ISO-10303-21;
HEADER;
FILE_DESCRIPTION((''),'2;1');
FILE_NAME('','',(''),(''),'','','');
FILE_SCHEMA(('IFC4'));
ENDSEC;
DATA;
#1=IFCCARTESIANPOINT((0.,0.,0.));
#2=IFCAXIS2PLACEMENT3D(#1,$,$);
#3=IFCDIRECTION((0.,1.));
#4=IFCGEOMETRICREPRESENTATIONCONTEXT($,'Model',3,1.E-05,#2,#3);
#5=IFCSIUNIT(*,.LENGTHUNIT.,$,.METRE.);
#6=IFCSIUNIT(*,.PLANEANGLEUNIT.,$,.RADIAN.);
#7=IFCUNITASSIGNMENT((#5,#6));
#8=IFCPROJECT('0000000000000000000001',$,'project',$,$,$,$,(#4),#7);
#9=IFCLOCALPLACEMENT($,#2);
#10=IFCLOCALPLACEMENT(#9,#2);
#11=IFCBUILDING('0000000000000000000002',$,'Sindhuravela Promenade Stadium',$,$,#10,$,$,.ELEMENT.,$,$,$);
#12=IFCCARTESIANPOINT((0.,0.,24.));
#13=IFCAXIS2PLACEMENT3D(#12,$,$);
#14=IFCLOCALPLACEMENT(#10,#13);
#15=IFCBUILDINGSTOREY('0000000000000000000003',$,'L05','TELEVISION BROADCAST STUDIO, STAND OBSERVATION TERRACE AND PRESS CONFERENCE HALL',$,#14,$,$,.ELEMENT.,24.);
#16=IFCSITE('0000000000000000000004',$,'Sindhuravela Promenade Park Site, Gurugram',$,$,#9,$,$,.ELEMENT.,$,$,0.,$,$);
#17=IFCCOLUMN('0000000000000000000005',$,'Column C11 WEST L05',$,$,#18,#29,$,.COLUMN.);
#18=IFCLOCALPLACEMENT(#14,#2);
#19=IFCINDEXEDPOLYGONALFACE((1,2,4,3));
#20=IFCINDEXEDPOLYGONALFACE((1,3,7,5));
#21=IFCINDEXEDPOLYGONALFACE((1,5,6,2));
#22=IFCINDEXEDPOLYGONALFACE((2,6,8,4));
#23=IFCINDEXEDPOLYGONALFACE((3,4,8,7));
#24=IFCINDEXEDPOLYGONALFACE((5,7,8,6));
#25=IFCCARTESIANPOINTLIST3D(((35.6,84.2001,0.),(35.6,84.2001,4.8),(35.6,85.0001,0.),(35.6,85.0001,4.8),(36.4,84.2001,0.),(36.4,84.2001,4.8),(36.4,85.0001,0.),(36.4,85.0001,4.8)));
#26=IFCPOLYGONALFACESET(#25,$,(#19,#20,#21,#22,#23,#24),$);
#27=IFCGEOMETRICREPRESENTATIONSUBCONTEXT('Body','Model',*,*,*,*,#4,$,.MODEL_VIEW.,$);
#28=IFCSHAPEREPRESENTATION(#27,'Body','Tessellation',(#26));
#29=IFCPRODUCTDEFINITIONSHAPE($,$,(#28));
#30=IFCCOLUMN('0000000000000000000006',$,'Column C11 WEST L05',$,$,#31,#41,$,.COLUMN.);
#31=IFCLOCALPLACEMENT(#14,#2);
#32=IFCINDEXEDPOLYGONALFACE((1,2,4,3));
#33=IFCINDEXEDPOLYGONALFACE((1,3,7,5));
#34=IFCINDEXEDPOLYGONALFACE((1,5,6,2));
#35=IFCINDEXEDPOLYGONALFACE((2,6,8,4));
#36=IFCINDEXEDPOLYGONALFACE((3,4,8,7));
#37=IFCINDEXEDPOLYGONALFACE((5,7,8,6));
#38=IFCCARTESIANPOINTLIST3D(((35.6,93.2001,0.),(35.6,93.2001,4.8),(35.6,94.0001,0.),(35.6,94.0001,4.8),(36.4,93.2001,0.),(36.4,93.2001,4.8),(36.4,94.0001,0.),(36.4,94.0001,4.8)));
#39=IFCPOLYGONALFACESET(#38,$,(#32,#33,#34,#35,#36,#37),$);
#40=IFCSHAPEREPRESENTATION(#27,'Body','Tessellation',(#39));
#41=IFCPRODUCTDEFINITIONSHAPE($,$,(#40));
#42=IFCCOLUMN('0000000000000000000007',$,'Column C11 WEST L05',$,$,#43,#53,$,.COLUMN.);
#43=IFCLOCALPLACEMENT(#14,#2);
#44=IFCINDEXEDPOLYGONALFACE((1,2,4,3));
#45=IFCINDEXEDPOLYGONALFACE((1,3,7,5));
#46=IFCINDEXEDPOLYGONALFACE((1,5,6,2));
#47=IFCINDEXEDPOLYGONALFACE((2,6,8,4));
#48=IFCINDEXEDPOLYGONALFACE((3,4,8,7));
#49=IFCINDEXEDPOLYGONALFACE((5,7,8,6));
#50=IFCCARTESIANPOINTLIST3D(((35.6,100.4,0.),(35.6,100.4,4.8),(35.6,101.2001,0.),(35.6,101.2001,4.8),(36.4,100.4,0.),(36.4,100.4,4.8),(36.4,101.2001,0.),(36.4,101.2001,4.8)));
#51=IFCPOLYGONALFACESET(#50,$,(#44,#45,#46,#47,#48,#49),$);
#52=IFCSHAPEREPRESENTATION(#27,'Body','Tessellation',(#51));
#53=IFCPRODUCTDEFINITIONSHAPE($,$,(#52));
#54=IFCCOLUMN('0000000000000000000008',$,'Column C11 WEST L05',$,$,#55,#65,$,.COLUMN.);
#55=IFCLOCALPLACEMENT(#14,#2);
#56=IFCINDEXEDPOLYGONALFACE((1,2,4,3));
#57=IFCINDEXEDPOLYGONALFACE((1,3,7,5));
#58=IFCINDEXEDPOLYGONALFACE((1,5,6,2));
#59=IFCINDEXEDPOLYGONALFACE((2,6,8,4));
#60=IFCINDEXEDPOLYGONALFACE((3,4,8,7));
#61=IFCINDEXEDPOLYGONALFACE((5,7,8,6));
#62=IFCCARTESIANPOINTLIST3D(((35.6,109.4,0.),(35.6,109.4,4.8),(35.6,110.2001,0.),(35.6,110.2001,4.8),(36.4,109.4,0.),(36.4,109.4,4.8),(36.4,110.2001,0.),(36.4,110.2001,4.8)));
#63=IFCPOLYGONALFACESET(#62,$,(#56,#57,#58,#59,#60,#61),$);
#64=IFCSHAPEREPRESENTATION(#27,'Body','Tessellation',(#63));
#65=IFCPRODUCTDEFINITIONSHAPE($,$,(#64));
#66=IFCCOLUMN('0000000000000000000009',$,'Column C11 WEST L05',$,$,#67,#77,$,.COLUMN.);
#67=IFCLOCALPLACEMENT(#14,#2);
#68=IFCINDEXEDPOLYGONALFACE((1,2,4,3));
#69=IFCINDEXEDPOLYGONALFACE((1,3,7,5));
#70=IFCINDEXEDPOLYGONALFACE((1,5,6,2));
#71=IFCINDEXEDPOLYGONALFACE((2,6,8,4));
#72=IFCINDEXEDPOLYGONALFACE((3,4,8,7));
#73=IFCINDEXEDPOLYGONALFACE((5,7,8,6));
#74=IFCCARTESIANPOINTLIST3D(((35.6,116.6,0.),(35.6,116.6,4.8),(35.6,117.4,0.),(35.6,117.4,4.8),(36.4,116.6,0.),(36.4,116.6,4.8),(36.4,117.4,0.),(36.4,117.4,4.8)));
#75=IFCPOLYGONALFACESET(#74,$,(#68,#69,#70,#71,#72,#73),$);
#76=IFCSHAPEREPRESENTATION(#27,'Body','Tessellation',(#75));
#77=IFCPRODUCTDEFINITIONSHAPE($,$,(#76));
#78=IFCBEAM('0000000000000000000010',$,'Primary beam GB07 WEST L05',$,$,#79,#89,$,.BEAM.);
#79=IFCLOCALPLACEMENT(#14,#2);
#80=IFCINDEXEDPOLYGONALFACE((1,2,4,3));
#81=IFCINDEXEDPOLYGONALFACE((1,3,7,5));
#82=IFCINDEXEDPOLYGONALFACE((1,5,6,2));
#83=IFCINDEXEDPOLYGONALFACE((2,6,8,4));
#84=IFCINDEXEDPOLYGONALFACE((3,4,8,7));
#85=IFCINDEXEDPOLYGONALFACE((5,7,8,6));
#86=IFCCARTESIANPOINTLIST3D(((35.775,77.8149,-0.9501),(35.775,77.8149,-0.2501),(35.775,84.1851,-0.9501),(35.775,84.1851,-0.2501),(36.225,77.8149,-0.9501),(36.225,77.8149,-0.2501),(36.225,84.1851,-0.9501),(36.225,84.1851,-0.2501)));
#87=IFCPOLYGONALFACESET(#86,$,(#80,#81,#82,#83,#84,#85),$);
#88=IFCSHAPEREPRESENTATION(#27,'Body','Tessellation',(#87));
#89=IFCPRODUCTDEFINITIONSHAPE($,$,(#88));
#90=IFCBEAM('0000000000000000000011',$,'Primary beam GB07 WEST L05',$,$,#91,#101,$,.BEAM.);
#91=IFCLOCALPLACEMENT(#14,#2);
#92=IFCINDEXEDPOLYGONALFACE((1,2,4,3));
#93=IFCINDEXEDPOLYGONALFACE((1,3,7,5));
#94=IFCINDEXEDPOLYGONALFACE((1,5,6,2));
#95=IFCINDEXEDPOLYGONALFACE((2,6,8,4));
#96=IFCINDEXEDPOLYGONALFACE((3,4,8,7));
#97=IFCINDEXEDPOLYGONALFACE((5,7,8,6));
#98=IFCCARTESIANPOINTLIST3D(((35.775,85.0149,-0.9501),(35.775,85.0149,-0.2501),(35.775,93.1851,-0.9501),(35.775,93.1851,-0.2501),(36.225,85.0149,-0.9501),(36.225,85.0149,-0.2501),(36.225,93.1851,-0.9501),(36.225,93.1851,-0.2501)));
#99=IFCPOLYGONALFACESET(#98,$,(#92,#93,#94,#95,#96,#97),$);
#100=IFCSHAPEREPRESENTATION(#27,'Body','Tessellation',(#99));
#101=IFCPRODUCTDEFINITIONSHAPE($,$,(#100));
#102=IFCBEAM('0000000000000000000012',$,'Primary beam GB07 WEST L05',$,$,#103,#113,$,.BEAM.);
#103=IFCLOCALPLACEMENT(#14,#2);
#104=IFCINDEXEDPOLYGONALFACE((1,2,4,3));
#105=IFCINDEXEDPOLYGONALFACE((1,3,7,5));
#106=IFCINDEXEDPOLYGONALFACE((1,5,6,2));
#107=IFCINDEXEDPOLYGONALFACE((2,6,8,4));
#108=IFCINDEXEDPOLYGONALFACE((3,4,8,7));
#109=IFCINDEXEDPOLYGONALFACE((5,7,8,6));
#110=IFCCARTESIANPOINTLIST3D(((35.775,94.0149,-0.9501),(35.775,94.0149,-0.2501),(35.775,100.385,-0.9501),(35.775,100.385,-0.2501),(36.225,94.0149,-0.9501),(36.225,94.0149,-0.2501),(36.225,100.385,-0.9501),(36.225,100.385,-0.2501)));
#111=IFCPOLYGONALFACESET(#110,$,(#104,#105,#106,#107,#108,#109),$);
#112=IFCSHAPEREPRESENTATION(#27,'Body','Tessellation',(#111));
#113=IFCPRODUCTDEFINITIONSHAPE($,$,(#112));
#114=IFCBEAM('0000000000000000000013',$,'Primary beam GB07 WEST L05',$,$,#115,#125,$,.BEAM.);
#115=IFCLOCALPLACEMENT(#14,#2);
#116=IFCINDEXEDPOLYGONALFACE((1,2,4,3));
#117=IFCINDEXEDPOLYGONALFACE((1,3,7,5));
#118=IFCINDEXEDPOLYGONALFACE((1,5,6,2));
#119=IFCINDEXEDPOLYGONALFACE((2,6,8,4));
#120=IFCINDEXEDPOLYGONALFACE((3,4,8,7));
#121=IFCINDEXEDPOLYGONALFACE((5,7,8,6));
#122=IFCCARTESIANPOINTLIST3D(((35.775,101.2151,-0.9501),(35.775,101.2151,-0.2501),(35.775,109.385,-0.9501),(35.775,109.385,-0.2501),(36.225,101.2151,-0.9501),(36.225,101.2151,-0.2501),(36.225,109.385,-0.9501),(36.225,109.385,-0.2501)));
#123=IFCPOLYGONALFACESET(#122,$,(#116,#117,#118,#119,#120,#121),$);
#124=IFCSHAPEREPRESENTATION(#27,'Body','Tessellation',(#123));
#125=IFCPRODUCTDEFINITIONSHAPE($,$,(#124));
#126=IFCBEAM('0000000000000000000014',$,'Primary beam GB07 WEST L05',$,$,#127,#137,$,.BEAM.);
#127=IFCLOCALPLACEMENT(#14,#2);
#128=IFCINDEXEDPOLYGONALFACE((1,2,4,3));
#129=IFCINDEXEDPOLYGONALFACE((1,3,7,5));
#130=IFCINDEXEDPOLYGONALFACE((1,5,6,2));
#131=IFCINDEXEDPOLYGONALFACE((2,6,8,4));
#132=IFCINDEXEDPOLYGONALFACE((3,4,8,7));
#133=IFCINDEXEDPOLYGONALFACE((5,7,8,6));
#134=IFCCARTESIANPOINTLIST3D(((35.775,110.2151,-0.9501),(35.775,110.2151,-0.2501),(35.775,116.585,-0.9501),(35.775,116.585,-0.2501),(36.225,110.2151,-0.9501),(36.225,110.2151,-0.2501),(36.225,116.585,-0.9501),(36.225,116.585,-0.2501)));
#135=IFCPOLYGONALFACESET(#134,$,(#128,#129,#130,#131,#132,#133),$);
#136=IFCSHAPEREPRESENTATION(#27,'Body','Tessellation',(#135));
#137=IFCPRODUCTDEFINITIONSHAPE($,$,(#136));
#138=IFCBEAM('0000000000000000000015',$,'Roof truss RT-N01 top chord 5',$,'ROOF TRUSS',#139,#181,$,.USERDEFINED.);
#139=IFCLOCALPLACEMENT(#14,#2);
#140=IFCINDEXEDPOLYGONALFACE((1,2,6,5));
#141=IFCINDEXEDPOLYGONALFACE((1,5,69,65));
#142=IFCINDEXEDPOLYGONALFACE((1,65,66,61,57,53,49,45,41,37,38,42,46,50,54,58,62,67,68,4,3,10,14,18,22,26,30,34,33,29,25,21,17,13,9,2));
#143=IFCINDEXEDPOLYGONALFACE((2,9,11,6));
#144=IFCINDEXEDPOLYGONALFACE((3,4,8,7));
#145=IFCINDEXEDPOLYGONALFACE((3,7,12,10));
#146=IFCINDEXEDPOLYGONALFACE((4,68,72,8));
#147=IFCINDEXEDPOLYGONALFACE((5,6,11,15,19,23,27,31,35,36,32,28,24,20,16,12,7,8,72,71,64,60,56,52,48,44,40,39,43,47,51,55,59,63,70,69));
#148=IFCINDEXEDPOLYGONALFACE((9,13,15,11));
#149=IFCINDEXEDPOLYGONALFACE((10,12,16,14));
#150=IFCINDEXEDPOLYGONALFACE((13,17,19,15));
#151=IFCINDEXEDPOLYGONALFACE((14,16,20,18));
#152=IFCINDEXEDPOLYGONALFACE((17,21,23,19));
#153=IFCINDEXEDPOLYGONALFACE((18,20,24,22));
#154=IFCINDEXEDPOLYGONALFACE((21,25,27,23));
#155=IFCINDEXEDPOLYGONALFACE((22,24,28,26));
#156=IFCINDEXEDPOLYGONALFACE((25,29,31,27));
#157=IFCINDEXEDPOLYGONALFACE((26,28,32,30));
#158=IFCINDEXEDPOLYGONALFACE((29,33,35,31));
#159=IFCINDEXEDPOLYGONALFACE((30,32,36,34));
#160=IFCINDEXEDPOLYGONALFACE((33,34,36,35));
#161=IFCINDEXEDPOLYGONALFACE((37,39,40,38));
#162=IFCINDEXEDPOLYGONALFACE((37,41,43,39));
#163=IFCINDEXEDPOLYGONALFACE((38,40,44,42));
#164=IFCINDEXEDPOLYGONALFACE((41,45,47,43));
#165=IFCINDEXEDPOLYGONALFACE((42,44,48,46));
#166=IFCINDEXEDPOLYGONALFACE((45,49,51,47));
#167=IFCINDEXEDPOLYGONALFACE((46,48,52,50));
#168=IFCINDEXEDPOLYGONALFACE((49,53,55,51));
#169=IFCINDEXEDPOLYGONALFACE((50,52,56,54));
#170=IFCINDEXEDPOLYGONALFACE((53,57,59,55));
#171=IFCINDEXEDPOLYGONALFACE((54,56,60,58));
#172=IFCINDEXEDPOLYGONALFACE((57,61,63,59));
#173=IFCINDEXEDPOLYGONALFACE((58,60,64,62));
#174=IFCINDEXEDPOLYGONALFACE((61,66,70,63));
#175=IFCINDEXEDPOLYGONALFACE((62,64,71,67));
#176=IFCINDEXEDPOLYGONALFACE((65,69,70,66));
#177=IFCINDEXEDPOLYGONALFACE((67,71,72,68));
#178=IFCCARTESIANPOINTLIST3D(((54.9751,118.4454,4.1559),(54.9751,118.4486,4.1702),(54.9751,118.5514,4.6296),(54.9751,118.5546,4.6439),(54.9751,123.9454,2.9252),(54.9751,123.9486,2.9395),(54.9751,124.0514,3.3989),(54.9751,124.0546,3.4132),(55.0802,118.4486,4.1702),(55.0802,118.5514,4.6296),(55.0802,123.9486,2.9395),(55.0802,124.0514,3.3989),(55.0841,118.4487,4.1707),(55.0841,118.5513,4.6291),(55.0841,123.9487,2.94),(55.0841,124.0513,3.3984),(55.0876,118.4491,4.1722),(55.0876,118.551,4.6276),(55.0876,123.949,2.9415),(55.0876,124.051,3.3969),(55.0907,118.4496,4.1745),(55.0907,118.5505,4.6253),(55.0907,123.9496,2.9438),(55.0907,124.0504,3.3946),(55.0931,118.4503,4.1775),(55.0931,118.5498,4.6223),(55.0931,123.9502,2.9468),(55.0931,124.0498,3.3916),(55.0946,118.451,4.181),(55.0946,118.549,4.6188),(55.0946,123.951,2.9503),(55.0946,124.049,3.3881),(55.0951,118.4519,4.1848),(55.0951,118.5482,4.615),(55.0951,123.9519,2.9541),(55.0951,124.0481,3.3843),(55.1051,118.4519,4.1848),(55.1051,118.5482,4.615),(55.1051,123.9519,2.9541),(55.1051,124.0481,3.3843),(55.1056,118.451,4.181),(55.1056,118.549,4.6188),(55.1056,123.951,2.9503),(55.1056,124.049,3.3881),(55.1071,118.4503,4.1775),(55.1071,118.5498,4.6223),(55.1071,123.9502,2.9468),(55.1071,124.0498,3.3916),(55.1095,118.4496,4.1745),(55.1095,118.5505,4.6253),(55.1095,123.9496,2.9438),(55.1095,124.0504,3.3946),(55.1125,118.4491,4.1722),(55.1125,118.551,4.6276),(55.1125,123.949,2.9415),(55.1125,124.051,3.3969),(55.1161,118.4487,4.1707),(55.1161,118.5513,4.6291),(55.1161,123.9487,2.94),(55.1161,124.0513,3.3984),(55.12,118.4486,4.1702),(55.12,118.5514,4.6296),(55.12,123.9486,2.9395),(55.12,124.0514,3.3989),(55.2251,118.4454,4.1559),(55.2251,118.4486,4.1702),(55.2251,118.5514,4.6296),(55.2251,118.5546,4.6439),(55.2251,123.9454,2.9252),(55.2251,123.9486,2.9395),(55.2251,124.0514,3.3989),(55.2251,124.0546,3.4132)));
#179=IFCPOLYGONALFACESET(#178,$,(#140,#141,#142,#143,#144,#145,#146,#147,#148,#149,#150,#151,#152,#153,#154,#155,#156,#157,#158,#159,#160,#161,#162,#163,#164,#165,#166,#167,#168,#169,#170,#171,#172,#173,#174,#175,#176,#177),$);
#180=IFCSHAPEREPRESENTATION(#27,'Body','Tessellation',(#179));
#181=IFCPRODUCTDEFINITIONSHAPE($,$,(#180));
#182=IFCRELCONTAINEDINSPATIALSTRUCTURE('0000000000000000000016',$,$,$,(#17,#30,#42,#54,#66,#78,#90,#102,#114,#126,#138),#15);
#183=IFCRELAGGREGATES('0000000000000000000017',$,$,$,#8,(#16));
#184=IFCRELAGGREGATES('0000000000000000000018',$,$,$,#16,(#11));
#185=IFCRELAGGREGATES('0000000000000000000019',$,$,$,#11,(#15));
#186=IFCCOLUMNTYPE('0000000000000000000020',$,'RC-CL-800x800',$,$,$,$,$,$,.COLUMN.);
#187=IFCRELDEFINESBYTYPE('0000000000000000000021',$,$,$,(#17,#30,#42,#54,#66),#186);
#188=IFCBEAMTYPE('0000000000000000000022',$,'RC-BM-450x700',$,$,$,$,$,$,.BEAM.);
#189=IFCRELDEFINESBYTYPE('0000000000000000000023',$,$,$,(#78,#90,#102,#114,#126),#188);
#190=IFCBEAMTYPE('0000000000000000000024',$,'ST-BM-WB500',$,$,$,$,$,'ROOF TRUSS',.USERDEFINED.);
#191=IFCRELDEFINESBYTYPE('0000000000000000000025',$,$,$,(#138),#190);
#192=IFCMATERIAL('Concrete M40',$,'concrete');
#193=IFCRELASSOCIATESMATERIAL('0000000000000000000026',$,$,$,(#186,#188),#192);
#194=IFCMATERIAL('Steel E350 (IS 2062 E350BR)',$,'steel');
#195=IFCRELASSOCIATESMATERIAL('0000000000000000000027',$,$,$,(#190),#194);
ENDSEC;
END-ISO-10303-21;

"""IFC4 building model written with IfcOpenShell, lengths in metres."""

from ifc_helpers import new_model, si_unit, direction, frame, origin, origin_2d, place, context, subcontext, project, spatial, rectangle, i_section, extrude, material, material_profile, profile_set, type_object, element, save


model = new_model("IFC4")

# Units and contexts
model_context = context("Model", 3, precision=1e-05, world=origin(), true_north=direction((0.0, 1.0)))
body_context = subcontext(model_context, "Body", "Model", "MODEL_VIEW")
ifc_project = project(units=[si_unit("LENGTHUNIT", "METRE"), si_unit("PLANEANGLEUNIT", "RADIAN")], contexts=[model_context])

# Site, building, storey
site_placement = place(None, origin())
site = spatial("IfcSite", under=ifc_project, at=site_placement, Name="Sindhuravela Promenade Park Site, Gurugram", CompositionType="ELEMENT", RefElevation=0.0)
building_placement = place(site_placement, origin())
building = spatial("IfcBuilding", under=site, at=building_placement, Name="Sindhuravela Promenade Stadium", CompositionType="ELEMENT")
storey_placement = place(building_placement, frame((0.0, 0.0, 24.0)))
storey = spatial("IfcBuildingStorey", under=building, at=storey_placement, Name="L05", Description="TELEVISION BROADCAST STUDIO, STAND OBSERVATION TERRACE AND PRESS CONFERENCE HALL", CompositionType="ELEMENT", Elevation=24.0)

# Columns
ifc_material_1 = material(Name="Concrete M40", Category="concrete")
ifc_material_profile_1 = material_profile(ifc_material_1, rectangle(XDim=0.8, YDim=0.8, at=origin_2d()), Name="RC 800x800")
ifc_profile_set_1 = profile_set([ifc_material_profile_1], Name="Concrete M40")
column_type = type_object("IfcColumnType", Name="RC-CL-800x800", PredefinedType="COLUMN", material=ifc_profile_set_1)
for number, where, z_axis, x_axis, name in (
    (1, (36.0, 84.6001, 0.0), (0.0, 0.0, 1.0), (1.0, 0.0, 0.0), "Column C11 WEST L05"),
    (2, (36.0, 93.6001, 0.0), (0.0, 0.0, 1.0), (1.0, 0.0, 0.0), "Column C11 WEST L05"),
    (3, (36.0, 100.8, 0.0), (0.0, 0.0, 1.0), (1.0, 0.0, 0.0), "Column C11 WEST L05"),
    (4, (36.0, 109.8, 0.0), (0.0, 0.0, 1.0), (1.0, 0.0, 0.0), "Column C11 WEST L05"),
    (5, (36.0, 117.0, 0.0), (0.0, 0.0, 1.0), (1.0, 0.0, 0.0), "Column C11 WEST L05"),
):
    element("IfcColumn", number, at=place(storey_placement, frame(where, z_axis=z_axis, x_axis=x_axis)), inside=storey, type_object=column_type, Name=name, PredefinedType="COLUMN", context=body_context, shape_type="SweptSolid", body=[
        extrude(rectangle(XDim=0.8, YDim=0.8, at=origin_2d()), origin(), (0.0, 0.0, 1.0), 4.8),
    ])

# Beams
ifc_material_profile_2 = material_profile(ifc_material_1, rectangle(XDim=0.45, YDim=0.7, at=origin_2d()), Name="RC 450x700")
ifc_profile_set_2 = profile_set([ifc_material_profile_2], Name="Concrete M40")
beam_type_1 = type_object("IfcBeamType", Name="RC-BM-450x700", PredefinedType="BEAM", material=ifc_profile_set_2)
beam_1_placement = place(storey_placement, frame((36.0, 77.8149, -0.6001), z_axis=(0.0, 1.0, 0.0), x_axis=(-1.0, 0.0, 0.0)))
element("IfcBeam", 6, at=beam_1_placement, inside=storey, type_object=beam_type_1, Name="Primary beam GB07 WEST L05", PredefinedType="BEAM", context=body_context, shape_type="SweptSolid", body=[
    extrude(rectangle(XDim=0.45, YDim=0.7, at=origin_2d()), origin(), (0.0, 0.0, 1.0), 6.3701),
])
beam_2_placement = place(storey_placement, frame((36.0, 85.0149, -0.6001), z_axis=(0.0, 1.0, 0.0), x_axis=(-1.0, 0.0, 0.0)))
element("IfcBeam", 7, at=beam_2_placement, inside=storey, type_object=beam_type_1, Name="Primary beam GB07 WEST L05", PredefinedType="BEAM", context=body_context, shape_type="SweptSolid", body=[
    extrude(rectangle(XDim=0.45, YDim=0.7, at=origin_2d()), origin(), (0.0, 0.0, 1.0), 8.1702),
])
beam_3_placement = place(storey_placement, frame((36.0, 94.0149, -0.6001), z_axis=(0.0, 1.0, 0.0), x_axis=(-1.0, 0.0, 0.0)))
element("IfcBeam", 8, at=beam_3_placement, inside=storey, type_object=beam_type_1, Name="Primary beam GB07 WEST L05", PredefinedType="BEAM", context=body_context, shape_type="SweptSolid", body=[
    extrude(rectangle(XDim=0.45, YDim=0.7, at=origin_2d()), origin(), (0.0, 0.0, 1.0), 6.3701),
])
beam_4_placement = place(storey_placement, frame((36.0, 101.2151, -0.6001), z_axis=(0.0, 1.0, 0.0), x_axis=(-1.0, 0.0, 0.0)))
element("IfcBeam", 9, at=beam_4_placement, inside=storey, type_object=beam_type_1, Name="Primary beam GB07 WEST L05", PredefinedType="BEAM", context=body_context, shape_type="SweptSolid", body=[
    extrude(rectangle(XDim=0.45, YDim=0.7, at=origin_2d()), origin(), (0.0, 0.0, 1.0), 8.1699),
])
beam_5_placement = place(storey_placement, frame((36.0, 110.2151, -0.6001), z_axis=(0.0, 1.0, 0.0), x_axis=(-1.0, 0.0, 0.0)))
element("IfcBeam", 10, at=beam_5_placement, inside=storey, type_object=beam_type_1, Name="Primary beam GB07 WEST L05", PredefinedType="BEAM", context=body_context, shape_type="SweptSolid", body=[
    extrude(rectangle(XDim=0.45, YDim=0.7, at=origin_2d()), origin(), (0.0, 0.0, 1.0), 6.3699),
])
ifc_material_2 = material(Name="Steel E350 (IS 2062 E350BR)", Category="steel")
ifc_material_profile_3 = material_profile(ifc_material_2, i_section(OverallWidth=0.25, OverallDepth=0.5, WebThickness=0.01, FlangeThickness=0.0146, FilletRadius=0.0149, at=origin_2d()), Name="ISWB 500")
ifc_profile_set_3 = profile_set([ifc_material_profile_3], Name="Steel E350 (IS 2062 E350BR)")
beam_type_2 = type_object("IfcBeamType", Name="ST-BM-WB500", ElementType="ROOF TRUSS", PredefinedType="USERDEFINED", material=ifc_profile_set_3)
beam_6_placement = place(storey_placement, frame((55.1001, 124.0, 3.1692), z_axis=(0.0, -0.975867, 0.218366), x_axis=(1.0, 0.0, 0.0)))
element("IfcBeam", 11, at=beam_6_placement, inside=storey, type_object=beam_type_2, Name="Roof truss RT-N01 top chord 5", ObjectType="ROOF TRUSS", PredefinedType="USERDEFINED", context=body_context, shape_type="SweptSolid", body=[
    extrude(i_section(OverallWidth=0.25, OverallDepth=0.5, WebThickness=0.01, FlangeThickness=0.0146, FilletRadius=0.0149, at=origin_2d()), origin(), (0.0, 0.0, 1.0), 5.636),
])

save(model, "model.ifc")
